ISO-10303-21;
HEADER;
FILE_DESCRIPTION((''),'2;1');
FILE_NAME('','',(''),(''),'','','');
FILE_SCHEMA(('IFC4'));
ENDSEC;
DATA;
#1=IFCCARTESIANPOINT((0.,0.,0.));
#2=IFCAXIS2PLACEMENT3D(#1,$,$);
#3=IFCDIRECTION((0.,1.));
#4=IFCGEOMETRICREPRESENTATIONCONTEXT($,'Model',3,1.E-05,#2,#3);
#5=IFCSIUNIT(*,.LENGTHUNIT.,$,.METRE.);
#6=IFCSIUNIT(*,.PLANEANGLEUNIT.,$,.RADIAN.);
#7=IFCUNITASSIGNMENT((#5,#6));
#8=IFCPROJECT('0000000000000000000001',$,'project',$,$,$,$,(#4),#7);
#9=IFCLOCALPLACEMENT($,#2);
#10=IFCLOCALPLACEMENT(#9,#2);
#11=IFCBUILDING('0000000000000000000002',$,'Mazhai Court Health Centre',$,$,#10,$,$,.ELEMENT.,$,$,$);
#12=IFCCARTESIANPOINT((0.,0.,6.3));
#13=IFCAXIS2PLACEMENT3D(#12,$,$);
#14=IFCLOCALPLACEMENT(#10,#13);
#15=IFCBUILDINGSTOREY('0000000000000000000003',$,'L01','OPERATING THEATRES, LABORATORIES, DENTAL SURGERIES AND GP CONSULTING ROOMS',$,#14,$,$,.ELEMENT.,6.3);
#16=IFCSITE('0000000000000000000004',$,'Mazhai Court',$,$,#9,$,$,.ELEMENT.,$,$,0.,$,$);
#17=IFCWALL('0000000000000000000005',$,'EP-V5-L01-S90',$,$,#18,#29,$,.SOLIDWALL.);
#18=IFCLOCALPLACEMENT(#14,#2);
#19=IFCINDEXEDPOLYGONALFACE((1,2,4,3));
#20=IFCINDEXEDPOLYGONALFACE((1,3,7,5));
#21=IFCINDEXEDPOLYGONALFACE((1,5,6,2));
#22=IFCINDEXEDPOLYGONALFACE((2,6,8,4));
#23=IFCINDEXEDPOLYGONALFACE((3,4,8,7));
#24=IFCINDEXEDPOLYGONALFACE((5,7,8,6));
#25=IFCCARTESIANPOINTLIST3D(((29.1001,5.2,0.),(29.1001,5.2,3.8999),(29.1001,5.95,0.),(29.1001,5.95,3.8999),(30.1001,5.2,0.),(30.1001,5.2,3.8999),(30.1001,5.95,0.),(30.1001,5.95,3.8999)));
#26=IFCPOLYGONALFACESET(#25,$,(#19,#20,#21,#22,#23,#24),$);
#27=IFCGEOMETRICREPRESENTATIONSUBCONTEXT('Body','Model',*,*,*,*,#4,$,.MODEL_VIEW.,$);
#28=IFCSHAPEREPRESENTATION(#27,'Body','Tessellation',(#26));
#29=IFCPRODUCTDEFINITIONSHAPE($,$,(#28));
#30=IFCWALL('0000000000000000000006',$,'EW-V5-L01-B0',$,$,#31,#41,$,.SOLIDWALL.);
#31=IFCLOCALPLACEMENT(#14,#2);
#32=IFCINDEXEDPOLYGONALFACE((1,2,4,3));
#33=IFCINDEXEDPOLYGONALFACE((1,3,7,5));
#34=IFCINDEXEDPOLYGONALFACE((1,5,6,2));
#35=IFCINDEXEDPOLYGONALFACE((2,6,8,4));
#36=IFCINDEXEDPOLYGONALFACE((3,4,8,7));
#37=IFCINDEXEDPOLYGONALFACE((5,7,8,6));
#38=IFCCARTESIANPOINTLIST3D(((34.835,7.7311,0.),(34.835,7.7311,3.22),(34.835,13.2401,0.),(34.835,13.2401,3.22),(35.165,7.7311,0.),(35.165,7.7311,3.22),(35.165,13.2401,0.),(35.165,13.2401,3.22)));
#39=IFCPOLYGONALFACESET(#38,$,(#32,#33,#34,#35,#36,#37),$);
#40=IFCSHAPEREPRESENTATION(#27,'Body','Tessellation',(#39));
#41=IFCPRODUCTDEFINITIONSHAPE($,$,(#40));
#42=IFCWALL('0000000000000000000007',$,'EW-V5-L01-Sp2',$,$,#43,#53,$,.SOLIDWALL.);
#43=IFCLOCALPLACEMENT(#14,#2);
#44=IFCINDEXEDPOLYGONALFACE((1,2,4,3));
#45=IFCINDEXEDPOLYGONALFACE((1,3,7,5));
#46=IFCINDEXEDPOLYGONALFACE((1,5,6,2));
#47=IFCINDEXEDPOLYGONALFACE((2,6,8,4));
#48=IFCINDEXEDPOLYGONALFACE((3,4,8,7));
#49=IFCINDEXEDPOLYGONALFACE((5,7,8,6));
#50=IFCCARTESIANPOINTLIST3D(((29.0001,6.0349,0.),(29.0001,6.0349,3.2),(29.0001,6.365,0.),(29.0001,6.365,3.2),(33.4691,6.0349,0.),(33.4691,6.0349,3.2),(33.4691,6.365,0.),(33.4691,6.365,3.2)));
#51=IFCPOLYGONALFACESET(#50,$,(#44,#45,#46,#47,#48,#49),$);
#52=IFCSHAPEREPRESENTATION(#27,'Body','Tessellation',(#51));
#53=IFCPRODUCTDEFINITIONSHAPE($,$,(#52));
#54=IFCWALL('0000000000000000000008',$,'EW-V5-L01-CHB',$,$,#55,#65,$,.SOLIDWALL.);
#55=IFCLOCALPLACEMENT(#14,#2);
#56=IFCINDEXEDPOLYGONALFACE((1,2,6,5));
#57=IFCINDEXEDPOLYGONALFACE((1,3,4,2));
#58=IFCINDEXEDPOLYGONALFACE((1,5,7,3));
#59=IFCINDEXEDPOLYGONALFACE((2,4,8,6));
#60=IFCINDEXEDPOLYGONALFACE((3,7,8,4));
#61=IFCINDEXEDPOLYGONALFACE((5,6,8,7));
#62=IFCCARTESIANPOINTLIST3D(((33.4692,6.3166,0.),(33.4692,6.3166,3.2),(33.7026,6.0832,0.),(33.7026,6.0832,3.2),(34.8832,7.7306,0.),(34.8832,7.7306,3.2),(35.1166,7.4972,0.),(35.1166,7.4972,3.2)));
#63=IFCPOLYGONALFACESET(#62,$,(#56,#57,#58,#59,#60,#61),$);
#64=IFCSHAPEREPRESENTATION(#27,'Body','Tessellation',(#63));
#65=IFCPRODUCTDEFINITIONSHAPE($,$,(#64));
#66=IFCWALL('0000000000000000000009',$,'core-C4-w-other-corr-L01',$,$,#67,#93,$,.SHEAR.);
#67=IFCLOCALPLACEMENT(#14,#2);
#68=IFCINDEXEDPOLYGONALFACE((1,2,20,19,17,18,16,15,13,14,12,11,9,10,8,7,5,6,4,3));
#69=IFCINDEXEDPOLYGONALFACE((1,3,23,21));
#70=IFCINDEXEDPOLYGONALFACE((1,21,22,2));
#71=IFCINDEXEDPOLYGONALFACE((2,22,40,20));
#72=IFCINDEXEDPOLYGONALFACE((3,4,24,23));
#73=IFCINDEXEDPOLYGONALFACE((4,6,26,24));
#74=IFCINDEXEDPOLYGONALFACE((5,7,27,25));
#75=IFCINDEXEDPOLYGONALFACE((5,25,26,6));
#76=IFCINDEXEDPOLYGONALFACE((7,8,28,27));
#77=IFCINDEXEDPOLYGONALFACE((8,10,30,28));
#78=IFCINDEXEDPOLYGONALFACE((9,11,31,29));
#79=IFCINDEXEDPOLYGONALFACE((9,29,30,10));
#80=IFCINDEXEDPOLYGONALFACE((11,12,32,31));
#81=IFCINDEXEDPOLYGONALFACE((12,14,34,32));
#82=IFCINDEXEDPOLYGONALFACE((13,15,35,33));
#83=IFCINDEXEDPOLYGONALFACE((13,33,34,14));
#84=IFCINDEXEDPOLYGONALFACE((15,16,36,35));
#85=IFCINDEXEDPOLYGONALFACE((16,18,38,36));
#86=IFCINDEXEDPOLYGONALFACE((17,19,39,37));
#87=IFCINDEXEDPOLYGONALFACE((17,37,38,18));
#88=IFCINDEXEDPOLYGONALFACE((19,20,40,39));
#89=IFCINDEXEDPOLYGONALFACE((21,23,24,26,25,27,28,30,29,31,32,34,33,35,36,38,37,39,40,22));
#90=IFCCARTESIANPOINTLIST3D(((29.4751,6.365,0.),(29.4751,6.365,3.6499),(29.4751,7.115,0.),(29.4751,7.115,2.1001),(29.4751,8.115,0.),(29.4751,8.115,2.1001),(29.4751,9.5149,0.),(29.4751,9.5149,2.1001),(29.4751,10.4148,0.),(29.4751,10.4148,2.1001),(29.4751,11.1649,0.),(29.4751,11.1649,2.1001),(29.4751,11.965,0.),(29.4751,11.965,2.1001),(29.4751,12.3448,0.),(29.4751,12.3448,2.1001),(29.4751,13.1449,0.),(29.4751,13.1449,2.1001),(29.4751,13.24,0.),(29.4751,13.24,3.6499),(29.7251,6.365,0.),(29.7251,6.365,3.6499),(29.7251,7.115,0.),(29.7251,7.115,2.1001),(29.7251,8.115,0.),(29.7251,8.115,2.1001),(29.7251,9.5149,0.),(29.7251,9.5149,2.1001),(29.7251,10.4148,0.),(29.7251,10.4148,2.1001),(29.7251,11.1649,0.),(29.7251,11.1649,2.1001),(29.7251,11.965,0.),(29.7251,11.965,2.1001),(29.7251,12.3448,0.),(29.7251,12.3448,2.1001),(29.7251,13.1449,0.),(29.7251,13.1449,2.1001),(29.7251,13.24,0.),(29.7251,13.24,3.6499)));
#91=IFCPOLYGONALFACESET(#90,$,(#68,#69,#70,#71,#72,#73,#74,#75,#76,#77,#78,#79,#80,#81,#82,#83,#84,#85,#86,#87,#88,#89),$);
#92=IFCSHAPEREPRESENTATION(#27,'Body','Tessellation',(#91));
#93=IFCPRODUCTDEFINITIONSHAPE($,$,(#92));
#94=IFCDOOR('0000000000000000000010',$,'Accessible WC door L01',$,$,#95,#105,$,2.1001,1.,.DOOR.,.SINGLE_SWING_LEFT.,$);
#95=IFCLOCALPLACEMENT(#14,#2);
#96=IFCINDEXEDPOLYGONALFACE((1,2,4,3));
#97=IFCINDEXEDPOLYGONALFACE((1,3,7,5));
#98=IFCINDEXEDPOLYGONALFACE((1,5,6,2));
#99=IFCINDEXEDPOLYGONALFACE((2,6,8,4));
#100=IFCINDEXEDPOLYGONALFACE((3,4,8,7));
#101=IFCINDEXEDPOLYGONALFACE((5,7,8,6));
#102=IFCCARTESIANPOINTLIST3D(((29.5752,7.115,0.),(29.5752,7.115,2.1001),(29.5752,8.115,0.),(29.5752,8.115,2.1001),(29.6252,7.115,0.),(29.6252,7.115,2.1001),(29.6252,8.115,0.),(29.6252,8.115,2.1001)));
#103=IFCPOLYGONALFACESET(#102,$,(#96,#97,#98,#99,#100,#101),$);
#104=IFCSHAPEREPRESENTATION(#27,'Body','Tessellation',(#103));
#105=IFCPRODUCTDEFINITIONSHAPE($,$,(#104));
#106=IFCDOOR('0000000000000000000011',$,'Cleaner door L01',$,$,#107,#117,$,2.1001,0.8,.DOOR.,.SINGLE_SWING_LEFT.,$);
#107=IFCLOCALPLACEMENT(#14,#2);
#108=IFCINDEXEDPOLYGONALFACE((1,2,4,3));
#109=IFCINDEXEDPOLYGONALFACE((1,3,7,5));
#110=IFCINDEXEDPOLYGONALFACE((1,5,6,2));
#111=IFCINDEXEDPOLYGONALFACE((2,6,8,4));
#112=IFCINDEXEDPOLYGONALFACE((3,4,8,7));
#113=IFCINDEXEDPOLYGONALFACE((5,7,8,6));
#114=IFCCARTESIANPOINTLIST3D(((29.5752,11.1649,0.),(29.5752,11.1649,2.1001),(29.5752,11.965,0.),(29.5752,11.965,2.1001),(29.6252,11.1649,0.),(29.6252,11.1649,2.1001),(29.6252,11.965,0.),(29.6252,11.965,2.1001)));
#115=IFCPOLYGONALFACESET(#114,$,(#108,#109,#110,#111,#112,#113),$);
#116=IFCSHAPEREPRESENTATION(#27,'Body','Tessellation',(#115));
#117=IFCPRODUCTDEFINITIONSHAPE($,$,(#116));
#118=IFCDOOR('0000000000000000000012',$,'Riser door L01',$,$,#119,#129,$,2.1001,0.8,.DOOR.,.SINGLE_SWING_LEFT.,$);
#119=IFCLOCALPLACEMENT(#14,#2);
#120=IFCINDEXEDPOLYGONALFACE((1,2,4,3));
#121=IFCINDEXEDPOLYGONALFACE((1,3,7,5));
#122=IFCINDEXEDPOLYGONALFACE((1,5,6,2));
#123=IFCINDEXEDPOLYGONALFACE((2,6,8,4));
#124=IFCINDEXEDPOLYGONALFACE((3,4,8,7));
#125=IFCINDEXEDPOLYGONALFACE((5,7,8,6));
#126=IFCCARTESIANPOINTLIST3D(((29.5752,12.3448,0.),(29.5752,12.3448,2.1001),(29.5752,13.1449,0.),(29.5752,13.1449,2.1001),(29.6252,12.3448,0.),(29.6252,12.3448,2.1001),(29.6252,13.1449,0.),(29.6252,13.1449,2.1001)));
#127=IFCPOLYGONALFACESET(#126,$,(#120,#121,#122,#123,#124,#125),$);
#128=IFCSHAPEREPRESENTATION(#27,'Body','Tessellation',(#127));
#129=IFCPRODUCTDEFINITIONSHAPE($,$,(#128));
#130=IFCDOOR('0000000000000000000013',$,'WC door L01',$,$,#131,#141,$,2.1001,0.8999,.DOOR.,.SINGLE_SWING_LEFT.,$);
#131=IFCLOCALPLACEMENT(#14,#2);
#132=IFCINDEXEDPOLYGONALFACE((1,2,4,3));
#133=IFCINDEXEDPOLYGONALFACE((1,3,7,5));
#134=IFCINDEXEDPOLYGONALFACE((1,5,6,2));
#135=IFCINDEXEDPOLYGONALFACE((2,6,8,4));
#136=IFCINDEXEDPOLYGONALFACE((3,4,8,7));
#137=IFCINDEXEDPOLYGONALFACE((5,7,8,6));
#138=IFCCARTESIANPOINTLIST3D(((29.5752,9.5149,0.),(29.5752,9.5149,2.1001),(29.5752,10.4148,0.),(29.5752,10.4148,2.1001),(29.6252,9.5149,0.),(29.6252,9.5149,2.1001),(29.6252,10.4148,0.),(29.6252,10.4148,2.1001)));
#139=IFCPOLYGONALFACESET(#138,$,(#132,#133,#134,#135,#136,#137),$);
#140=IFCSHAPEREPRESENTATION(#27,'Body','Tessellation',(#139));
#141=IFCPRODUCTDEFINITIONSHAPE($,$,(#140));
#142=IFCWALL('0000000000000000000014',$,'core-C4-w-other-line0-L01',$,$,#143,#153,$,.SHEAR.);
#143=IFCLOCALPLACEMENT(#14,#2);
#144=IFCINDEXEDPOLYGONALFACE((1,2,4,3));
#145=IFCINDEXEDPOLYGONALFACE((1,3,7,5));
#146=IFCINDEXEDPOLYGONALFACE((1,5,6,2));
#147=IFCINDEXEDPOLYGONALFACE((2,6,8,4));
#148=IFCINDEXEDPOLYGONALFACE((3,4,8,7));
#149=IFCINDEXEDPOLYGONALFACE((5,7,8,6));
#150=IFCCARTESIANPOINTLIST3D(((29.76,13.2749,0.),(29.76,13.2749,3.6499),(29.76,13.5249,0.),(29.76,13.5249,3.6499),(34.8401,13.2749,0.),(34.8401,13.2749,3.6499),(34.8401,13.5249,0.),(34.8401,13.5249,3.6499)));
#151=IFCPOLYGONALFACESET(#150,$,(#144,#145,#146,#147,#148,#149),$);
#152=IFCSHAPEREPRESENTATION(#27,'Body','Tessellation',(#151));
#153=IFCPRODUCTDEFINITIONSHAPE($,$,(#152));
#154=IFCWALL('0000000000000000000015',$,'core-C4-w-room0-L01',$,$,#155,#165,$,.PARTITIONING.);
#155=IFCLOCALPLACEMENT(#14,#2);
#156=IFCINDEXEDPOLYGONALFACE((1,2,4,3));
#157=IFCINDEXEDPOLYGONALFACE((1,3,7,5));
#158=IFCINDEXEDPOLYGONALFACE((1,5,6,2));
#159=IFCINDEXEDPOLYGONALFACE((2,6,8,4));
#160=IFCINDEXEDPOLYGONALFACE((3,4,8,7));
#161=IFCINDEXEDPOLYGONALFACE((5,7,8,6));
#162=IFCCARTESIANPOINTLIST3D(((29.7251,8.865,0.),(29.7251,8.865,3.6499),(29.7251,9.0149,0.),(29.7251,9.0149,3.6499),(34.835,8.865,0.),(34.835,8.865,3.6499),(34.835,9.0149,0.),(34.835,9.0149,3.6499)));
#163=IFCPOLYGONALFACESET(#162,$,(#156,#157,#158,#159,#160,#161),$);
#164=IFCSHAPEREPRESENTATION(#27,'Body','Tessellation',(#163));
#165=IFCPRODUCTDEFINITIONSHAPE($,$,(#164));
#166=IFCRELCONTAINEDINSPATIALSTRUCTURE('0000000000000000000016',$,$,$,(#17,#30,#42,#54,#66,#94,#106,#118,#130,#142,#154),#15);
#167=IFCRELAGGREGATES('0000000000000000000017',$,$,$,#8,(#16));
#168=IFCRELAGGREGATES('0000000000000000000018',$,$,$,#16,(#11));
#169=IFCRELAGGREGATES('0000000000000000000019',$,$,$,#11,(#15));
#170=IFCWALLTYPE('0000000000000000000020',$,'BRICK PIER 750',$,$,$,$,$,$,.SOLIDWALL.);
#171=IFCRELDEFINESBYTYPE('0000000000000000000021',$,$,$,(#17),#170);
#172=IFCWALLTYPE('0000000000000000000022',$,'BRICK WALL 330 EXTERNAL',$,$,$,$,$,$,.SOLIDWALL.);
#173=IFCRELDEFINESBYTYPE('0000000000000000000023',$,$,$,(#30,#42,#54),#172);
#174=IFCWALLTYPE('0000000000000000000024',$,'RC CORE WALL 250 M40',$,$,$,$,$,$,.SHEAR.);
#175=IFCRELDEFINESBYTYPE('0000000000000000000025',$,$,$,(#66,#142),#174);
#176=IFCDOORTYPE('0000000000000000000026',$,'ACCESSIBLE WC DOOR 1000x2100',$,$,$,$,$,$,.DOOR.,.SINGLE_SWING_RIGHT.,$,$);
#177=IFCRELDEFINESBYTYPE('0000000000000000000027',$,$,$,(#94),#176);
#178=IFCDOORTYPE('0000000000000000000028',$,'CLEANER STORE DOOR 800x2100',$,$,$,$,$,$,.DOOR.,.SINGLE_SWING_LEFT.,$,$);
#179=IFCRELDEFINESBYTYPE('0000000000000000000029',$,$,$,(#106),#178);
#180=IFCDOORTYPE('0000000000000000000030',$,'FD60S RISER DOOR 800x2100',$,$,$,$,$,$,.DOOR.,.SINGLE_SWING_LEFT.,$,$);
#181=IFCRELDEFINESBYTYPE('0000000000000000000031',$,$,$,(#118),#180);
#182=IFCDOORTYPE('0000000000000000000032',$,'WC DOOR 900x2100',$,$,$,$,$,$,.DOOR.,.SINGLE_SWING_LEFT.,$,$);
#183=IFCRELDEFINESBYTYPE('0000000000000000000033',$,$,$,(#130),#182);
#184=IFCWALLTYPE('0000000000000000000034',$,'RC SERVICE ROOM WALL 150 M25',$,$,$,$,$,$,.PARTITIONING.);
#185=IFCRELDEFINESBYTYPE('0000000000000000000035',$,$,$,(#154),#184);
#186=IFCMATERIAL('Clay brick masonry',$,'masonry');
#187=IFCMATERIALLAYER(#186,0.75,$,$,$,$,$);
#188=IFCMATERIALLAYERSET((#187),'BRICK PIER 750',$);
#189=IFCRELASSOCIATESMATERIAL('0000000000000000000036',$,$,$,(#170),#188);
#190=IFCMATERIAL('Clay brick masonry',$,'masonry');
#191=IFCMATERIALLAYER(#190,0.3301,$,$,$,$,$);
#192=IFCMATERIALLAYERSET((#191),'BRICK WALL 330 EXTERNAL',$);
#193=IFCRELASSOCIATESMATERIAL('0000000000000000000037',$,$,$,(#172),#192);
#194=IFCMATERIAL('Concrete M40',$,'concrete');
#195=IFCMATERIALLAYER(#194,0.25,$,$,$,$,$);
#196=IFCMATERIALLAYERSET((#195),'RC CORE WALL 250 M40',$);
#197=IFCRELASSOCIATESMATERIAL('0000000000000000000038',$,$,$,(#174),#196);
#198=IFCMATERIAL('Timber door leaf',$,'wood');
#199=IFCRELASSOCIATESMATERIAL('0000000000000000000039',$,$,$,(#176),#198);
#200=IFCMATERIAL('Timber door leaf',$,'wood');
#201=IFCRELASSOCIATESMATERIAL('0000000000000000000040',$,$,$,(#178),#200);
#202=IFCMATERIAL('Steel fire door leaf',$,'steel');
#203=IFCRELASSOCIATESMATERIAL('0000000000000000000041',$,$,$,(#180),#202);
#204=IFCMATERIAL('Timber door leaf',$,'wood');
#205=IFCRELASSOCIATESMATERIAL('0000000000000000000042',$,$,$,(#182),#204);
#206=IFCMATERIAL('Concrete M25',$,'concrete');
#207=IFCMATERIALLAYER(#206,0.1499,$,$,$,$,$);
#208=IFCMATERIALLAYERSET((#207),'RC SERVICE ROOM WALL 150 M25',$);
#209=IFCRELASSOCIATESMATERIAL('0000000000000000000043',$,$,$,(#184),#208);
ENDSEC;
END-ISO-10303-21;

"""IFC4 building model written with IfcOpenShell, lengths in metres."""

from ifc_helpers import new_model, si_unit, direction, frame, frame_2d, origin, place, context, subcontext, project, spatial, rectangle, extrude, material, layer, layer_set, type_object, element, fill, save


model = new_model("IFC4")

# Units and contexts
model_context = context("Model", 3, precision=1e-05, world=origin(), true_north=direction((0.0, 1.0)))
body_context = subcontext(model_context, "Body", "Model", "MODEL_VIEW")
ifc_project = project(units=[si_unit("LENGTHUNIT", "METRE"), si_unit("PLANEANGLEUNIT", "RADIAN")], contexts=[model_context])

# Site, building, storey
site_placement = place(None, origin())
site = spatial("IfcSite", under=ifc_project, at=site_placement, Name="Mazhai Court", CompositionType="ELEMENT", RefElevation=0.0)
building_placement = place(site_placement, origin())
building = spatial("IfcBuilding", under=site, at=building_placement, Name="Mazhai Court Health Centre", CompositionType="ELEMENT")
storey_placement = place(building_placement, frame((0.0, 0.0, 6.3)))
storey = spatial("IfcBuildingStorey", under=building, at=storey_placement, Name="L01", Description="OPERATING THEATRES, LABORATORIES, DENTAL SURGERIES AND GP CONSULTING ROOMS", CompositionType="ELEMENT", Elevation=6.3)

# Walls
ifc_material_1 = material(Name="Clay brick masonry", Category="masonry")
ifc_layer_1 = layer(ifc_material_1, 0.75)
ifc_layer_set_1 = layer_set([ifc_layer_1], Name="BRICK PIER 750")
wall_type_1 = type_object("IfcWallType", Name="BRICK PIER 750", PredefinedType="SOLIDWALL", material=ifc_layer_set_1)
wall_1_placement = place(storey_placement, frame((30.1001, 5.575, 0.0), z_axis=(0.0, 0.0, 1.0), x_axis=(-1.0, 0.0, 0.0)))
element("IfcWall", 1, at=wall_1_placement, inside=storey, type_object=wall_type_1, Name="EP-V5-L01-S90", PredefinedType="SOLIDWALL", context=body_context, shape_type="SweptSolid", body=[
    extrude(rectangle(XDim=1.0, YDim=0.75, at=frame_2d((0.5, 0.0))), origin(), (0.0, 0.0, 1.0), 3.8999),
])
ifc_material_2 = material(Name="Clay brick masonry", Category="masonry")
ifc_layer_2 = layer(ifc_material_2, 0.3301)
ifc_layer_set_2 = layer_set([ifc_layer_2], Name="BRICK WALL 330 EXTERNAL")
wall_type_2 = type_object("IfcWallType", Name="BRICK WALL 330 EXTERNAL", PredefinedType="SOLIDWALL", material=ifc_layer_set_2)
wall_2_placement = place(storey_placement, frame((35.0, 13.24, 0.0), z_axis=(0.0, 0.0, 1.0), x_axis=(0.0, -1.0, 0.0)))
element("IfcWall", 2, at=wall_2_placement, inside=storey, type_object=wall_type_2, Name="EW-V5-L01-B0", PredefinedType="SOLIDWALL", context=body_context, shape_type="SweptSolid", body=[
    extrude(rectangle(XDim=5.509, YDim=0.3301, at=frame_2d((2.7544, 0.0))), origin(), (0.0, 0.0, 1.0), 3.22),
])
wall_3_placement = place(storey_placement, frame((33.469, 6.2, 0.0), z_axis=(0.0, 0.0, 1.0), x_axis=(-1.0, 0.0, 0.0)))
element("IfcWall", 3, at=wall_3_placement, inside=storey, type_object=wall_type_2, Name="EW-V5-L01-Sp2", PredefinedType="SOLIDWALL", context=body_context, shape_type="SweptSolid", body=[
    extrude(rectangle(XDim=4.469, YDim=0.3301, at=frame_2d((2.2344, 0.0))), origin(), (0.0, 0.0, 1.0), 3.2),
])
wall_4_placement = place(storey_placement, frame((35.0, 7.614, 0.0), z_axis=(0.0, 0.0, 1.0), x_axis=(-0.707107, -0.707107, 0.0)))
element("IfcWall", 4, at=wall_4_placement, inside=storey, type_object=wall_type_2, Name="EW-V5-L01-CHB", PredefinedType="SOLIDWALL", context=body_context, shape_type="SweptSolid", body=[
    extrude(rectangle(XDim=1.9998, YDim=0.3301, at=frame_2d((1.0, 0.0))), origin(), (0.0, 0.0, 1.0), 3.2),
])

# Wall, openings, doors
ifc_material_3 = material(Name="Concrete M40", Category="concrete")
ifc_layer_3 = layer(ifc_material_3, 0.25)
ifc_layer_set_3 = layer_set([ifc_layer_3], Name="RC CORE WALL 250 M40")
wall_type_3 = type_object("IfcWallType", Name="RC CORE WALL 250 M40", PredefinedType="SHEAR", material=ifc_layer_set_3)
wall_5_placement = place(storey_placement, frame((29.6001, 6.365, 0.0), z_axis=(0.0, 0.0, 1.0), x_axis=(0.0, 1.0, 0.0)))
wall_5 = element("IfcWall", 5, at=wall_5_placement, inside=storey, type_object=wall_type_3, Name="core-C4-w-other-corr-L01", PredefinedType="SHEAR", context=body_context, shape_type="SweptSolid", body=[
    extrude(rectangle(XDim=6.875, YDim=0.25, at=frame_2d((3.4375, 0.0))), origin(), (0.0, 0.0, 1.0), 3.6499),
])
opening_1_placement = place(wall_5_placement, frame((0.75, 0.0, 0.0)))
opening_1 = element("IfcOpeningElement", 6, at=opening_1_placement, cuts=wall_5, PredefinedType="OPENING", context=body_context, shape_type="SweptSolid", body=[
    extrude(rectangle(XDim=1.0, YDim=2.1001, at=frame_2d((0.5, 1.05))), frame((0.0, 0.135, 0.0), z_axis=(0.0, -1.0, 0.0), x_axis=(1.0, 0.0, 0.0)), (0.0, 0.0, 1.0), 0.27),
])
opening_2_placement = place(wall_5_placement, frame((3.1499, 0.0, 0.0)))
opening_2 = element("IfcOpeningElement", 7, at=opening_2_placement, cuts=wall_5, PredefinedType="OPENING", context=body_context, shape_type="SweptSolid", body=[
    extrude(rectangle(XDim=0.8999, YDim=2.1001, at=frame_2d((0.45, 1.05))), frame((0.0, 0.135, 0.0), z_axis=(0.0, -1.0, 0.0), x_axis=(1.0, 0.0, 0.0)), (0.0, 0.0, 1.0), 0.27),
])
opening_3_placement = place(wall_5_placement, frame((4.8, 0.0, 0.0)))
opening_3 = element("IfcOpeningElement", 8, at=opening_3_placement, cuts=wall_5, PredefinedType="OPENING", context=body_context, shape_type="SweptSolid", body=[
    extrude(rectangle(XDim=0.8, YDim=2.1001, at=frame_2d((0.3999, 1.05))), frame((0.0, 0.135, 0.0), z_axis=(0.0, -1.0, 0.0), x_axis=(1.0, 0.0, 0.0)), (0.0, 0.0, 1.0), 0.27),
])
opening_4_placement = place(wall_5_placement, frame((5.98, 0.0, 0.0)))
opening_4 = element("IfcOpeningElement", 9, at=opening_4_placement, cuts=wall_5, PredefinedType="OPENING", context=body_context, shape_type="SweptSolid", body=[
    extrude(rectangle(XDim=0.8, YDim=2.1001, at=frame_2d((0.3999, 1.05))), frame((0.0, 0.135, 0.0), z_axis=(0.0, -1.0, 0.0), x_axis=(1.0, 0.0, 0.0)), (0.0, 0.0, 1.0), 0.27),
])
ifc_material_4 = material(Name="Timber door leaf", Category="wood")
door_type_1 = type_object("IfcDoorType", Name="ACCESSIBLE WC DOOR 1000x2100", OperationType="SINGLE_SWING_RIGHT", PredefinedType="DOOR", material=ifc_material_4)
door_1_placement = place(opening_1_placement, origin())
door_1 = element("IfcDoor", 10, at=door_1_placement, inside=storey, type_object=door_type_1, Name="Accessible WC door L01", OperationType="SINGLE_SWING_LEFT", OverallHeight=2.1001, OverallWidth=1.0, PredefinedType="DOOR", context=body_context, shape_type="SweptSolid", body=[
    extrude(rectangle(XDim=1.0, YDim=2.1001, at=frame_2d((0.5, 1.05))), frame((0.0, 0.0249, 0.0), z_axis=(0.0, -1.0, 0.0), x_axis=(1.0, 0.0, 0.0)), (0.0, 0.0, 1.0), 0.05),
])
fill(opening_1, door_1)
ifc_material_5 = material(Name="Timber door leaf", Category="wood")
door_type_2 = type_object("IfcDoorType", Name="CLEANER STORE DOOR 800x2100", OperationType="SINGLE_SWING_LEFT", PredefinedType="DOOR", material=ifc_material_5)
door_2_placement = place(opening_3_placement, origin())
door_2 = element("IfcDoor", 11, at=door_2_placement, inside=storey, type_object=door_type_2, Name="Cleaner door L01", OperationType="SINGLE_SWING_LEFT", OverallHeight=2.1001, OverallWidth=0.8, PredefinedType="DOOR", context=body_context, shape_type="SweptSolid", body=[
    extrude(rectangle(XDim=0.8, YDim=2.1001, at=frame_2d((0.3999, 1.05))), frame((0.0, 0.0249, 0.0), z_axis=(0.0, -1.0, 0.0), x_axis=(1.0, 0.0, 0.0)), (0.0, 0.0, 1.0), 0.05),
])
fill(opening_3, door_2)
ifc_material_6 = material(Name="Steel fire door leaf", Category="steel")
door_type_3 = type_object("IfcDoorType", Name="FD60S RISER DOOR 800x2100", OperationType="SINGLE_SWING_LEFT", PredefinedType="DOOR", material=ifc_material_6)
door_3_placement = place(opening_4_placement, origin())
door_3 = element("IfcDoor", 12, at=door_3_placement, inside=storey, type_object=door_type_3, Name="Riser door L01", OperationType="SINGLE_SWING_LEFT", OverallHeight=2.1001, OverallWidth=0.8, PredefinedType="DOOR", context=body_context, shape_type="SweptSolid", body=[
    extrude(rectangle(XDim=0.8, YDim=2.1001, at=frame_2d((0.3999, 1.05))), frame((0.0, 0.0249, 0.0), z_axis=(0.0, -1.0, 0.0), x_axis=(1.0, 0.0, 0.0)), (0.0, 0.0, 1.0), 0.05),
])
fill(opening_4, door_3)
ifc_material_7 = material(Name="Timber door leaf", Category="wood")
door_type_4 = type_object("IfcDoorType", Name="WC DOOR 900x2100", OperationType="SINGLE_SWING_LEFT", PredefinedType="DOOR", material=ifc_material_7)
door_4_placement = place(opening_2_placement, origin())
door_4 = element("IfcDoor", 13, at=door_4_placement, inside=storey, type_object=door_type_4, Name="WC door L01", OperationType="SINGLE_SWING_LEFT", OverallHeight=2.1001, OverallWidth=0.8999, PredefinedType="DOOR", context=body_context, shape_type="SweptSolid", body=[
    extrude(rectangle(XDim=0.8999, YDim=2.1001, at=frame_2d((0.45, 1.05))), frame((0.0, 0.0249, 0.0), z_axis=(0.0, -1.0, 0.0), x_axis=(1.0, 0.0, 0.0)), (0.0, 0.0, 1.0), 0.05),
])
fill(opening_2, door_4)

# Walls
wall_6_placement = place(storey_placement, frame((29.76, 13.3999, 0.0), z_axis=(0.0, 0.0, 1.0), x_axis=(1.0, 0.0, 0.0)))
element("IfcWall", 14, at=wall_6_placement, inside=storey, type_object=wall_type_3, Name="core-C4-w-other-line0-L01", PredefinedType="SHEAR", context=body_context, shape_type="SweptSolid", body=[
    extrude(rectangle(XDim=5.0801, YDim=0.25, at=frame_2d((2.54, 0.0))), origin(), (0.0, 0.0, 1.0), 3.6499),
])
ifc_material_8 = material(Name="Concrete M25", Category="concrete")
ifc_layer_4 = layer(ifc_material_8, 0.1499)
ifc_layer_set_4 = layer_set([ifc_layer_4], Name="RC SERVICE ROOM WALL 150 M25")
wall_type_4 = type_object("IfcWallType", Name="RC SERVICE ROOM WALL 150 M25", PredefinedType="PARTITIONING", material=ifc_layer_set_4)
for number, where, z_axis, x_axis, name in (
    (15, (29.7251, 8.9399, 0.0), (0.0, 0.0, 1.0), (1.0, 0.0, 0.0), "core-C4-w-room0-L01"),
):
    element("IfcWall", number, at=place(storey_placement, frame(where, z_axis=z_axis, x_axis=x_axis)), inside=storey, type_object=wall_type_4, Name=name, PredefinedType="PARTITIONING", context=body_context, shape_type="SweptSolid", body=[
        extrude(rectangle(XDim=5.1099, YDim=0.1499, at=frame_2d((2.5549, 0.0))), origin(), (0.0, 0.0, 1.0), 3.6499),
    ])

save(model, "model.ifc")
